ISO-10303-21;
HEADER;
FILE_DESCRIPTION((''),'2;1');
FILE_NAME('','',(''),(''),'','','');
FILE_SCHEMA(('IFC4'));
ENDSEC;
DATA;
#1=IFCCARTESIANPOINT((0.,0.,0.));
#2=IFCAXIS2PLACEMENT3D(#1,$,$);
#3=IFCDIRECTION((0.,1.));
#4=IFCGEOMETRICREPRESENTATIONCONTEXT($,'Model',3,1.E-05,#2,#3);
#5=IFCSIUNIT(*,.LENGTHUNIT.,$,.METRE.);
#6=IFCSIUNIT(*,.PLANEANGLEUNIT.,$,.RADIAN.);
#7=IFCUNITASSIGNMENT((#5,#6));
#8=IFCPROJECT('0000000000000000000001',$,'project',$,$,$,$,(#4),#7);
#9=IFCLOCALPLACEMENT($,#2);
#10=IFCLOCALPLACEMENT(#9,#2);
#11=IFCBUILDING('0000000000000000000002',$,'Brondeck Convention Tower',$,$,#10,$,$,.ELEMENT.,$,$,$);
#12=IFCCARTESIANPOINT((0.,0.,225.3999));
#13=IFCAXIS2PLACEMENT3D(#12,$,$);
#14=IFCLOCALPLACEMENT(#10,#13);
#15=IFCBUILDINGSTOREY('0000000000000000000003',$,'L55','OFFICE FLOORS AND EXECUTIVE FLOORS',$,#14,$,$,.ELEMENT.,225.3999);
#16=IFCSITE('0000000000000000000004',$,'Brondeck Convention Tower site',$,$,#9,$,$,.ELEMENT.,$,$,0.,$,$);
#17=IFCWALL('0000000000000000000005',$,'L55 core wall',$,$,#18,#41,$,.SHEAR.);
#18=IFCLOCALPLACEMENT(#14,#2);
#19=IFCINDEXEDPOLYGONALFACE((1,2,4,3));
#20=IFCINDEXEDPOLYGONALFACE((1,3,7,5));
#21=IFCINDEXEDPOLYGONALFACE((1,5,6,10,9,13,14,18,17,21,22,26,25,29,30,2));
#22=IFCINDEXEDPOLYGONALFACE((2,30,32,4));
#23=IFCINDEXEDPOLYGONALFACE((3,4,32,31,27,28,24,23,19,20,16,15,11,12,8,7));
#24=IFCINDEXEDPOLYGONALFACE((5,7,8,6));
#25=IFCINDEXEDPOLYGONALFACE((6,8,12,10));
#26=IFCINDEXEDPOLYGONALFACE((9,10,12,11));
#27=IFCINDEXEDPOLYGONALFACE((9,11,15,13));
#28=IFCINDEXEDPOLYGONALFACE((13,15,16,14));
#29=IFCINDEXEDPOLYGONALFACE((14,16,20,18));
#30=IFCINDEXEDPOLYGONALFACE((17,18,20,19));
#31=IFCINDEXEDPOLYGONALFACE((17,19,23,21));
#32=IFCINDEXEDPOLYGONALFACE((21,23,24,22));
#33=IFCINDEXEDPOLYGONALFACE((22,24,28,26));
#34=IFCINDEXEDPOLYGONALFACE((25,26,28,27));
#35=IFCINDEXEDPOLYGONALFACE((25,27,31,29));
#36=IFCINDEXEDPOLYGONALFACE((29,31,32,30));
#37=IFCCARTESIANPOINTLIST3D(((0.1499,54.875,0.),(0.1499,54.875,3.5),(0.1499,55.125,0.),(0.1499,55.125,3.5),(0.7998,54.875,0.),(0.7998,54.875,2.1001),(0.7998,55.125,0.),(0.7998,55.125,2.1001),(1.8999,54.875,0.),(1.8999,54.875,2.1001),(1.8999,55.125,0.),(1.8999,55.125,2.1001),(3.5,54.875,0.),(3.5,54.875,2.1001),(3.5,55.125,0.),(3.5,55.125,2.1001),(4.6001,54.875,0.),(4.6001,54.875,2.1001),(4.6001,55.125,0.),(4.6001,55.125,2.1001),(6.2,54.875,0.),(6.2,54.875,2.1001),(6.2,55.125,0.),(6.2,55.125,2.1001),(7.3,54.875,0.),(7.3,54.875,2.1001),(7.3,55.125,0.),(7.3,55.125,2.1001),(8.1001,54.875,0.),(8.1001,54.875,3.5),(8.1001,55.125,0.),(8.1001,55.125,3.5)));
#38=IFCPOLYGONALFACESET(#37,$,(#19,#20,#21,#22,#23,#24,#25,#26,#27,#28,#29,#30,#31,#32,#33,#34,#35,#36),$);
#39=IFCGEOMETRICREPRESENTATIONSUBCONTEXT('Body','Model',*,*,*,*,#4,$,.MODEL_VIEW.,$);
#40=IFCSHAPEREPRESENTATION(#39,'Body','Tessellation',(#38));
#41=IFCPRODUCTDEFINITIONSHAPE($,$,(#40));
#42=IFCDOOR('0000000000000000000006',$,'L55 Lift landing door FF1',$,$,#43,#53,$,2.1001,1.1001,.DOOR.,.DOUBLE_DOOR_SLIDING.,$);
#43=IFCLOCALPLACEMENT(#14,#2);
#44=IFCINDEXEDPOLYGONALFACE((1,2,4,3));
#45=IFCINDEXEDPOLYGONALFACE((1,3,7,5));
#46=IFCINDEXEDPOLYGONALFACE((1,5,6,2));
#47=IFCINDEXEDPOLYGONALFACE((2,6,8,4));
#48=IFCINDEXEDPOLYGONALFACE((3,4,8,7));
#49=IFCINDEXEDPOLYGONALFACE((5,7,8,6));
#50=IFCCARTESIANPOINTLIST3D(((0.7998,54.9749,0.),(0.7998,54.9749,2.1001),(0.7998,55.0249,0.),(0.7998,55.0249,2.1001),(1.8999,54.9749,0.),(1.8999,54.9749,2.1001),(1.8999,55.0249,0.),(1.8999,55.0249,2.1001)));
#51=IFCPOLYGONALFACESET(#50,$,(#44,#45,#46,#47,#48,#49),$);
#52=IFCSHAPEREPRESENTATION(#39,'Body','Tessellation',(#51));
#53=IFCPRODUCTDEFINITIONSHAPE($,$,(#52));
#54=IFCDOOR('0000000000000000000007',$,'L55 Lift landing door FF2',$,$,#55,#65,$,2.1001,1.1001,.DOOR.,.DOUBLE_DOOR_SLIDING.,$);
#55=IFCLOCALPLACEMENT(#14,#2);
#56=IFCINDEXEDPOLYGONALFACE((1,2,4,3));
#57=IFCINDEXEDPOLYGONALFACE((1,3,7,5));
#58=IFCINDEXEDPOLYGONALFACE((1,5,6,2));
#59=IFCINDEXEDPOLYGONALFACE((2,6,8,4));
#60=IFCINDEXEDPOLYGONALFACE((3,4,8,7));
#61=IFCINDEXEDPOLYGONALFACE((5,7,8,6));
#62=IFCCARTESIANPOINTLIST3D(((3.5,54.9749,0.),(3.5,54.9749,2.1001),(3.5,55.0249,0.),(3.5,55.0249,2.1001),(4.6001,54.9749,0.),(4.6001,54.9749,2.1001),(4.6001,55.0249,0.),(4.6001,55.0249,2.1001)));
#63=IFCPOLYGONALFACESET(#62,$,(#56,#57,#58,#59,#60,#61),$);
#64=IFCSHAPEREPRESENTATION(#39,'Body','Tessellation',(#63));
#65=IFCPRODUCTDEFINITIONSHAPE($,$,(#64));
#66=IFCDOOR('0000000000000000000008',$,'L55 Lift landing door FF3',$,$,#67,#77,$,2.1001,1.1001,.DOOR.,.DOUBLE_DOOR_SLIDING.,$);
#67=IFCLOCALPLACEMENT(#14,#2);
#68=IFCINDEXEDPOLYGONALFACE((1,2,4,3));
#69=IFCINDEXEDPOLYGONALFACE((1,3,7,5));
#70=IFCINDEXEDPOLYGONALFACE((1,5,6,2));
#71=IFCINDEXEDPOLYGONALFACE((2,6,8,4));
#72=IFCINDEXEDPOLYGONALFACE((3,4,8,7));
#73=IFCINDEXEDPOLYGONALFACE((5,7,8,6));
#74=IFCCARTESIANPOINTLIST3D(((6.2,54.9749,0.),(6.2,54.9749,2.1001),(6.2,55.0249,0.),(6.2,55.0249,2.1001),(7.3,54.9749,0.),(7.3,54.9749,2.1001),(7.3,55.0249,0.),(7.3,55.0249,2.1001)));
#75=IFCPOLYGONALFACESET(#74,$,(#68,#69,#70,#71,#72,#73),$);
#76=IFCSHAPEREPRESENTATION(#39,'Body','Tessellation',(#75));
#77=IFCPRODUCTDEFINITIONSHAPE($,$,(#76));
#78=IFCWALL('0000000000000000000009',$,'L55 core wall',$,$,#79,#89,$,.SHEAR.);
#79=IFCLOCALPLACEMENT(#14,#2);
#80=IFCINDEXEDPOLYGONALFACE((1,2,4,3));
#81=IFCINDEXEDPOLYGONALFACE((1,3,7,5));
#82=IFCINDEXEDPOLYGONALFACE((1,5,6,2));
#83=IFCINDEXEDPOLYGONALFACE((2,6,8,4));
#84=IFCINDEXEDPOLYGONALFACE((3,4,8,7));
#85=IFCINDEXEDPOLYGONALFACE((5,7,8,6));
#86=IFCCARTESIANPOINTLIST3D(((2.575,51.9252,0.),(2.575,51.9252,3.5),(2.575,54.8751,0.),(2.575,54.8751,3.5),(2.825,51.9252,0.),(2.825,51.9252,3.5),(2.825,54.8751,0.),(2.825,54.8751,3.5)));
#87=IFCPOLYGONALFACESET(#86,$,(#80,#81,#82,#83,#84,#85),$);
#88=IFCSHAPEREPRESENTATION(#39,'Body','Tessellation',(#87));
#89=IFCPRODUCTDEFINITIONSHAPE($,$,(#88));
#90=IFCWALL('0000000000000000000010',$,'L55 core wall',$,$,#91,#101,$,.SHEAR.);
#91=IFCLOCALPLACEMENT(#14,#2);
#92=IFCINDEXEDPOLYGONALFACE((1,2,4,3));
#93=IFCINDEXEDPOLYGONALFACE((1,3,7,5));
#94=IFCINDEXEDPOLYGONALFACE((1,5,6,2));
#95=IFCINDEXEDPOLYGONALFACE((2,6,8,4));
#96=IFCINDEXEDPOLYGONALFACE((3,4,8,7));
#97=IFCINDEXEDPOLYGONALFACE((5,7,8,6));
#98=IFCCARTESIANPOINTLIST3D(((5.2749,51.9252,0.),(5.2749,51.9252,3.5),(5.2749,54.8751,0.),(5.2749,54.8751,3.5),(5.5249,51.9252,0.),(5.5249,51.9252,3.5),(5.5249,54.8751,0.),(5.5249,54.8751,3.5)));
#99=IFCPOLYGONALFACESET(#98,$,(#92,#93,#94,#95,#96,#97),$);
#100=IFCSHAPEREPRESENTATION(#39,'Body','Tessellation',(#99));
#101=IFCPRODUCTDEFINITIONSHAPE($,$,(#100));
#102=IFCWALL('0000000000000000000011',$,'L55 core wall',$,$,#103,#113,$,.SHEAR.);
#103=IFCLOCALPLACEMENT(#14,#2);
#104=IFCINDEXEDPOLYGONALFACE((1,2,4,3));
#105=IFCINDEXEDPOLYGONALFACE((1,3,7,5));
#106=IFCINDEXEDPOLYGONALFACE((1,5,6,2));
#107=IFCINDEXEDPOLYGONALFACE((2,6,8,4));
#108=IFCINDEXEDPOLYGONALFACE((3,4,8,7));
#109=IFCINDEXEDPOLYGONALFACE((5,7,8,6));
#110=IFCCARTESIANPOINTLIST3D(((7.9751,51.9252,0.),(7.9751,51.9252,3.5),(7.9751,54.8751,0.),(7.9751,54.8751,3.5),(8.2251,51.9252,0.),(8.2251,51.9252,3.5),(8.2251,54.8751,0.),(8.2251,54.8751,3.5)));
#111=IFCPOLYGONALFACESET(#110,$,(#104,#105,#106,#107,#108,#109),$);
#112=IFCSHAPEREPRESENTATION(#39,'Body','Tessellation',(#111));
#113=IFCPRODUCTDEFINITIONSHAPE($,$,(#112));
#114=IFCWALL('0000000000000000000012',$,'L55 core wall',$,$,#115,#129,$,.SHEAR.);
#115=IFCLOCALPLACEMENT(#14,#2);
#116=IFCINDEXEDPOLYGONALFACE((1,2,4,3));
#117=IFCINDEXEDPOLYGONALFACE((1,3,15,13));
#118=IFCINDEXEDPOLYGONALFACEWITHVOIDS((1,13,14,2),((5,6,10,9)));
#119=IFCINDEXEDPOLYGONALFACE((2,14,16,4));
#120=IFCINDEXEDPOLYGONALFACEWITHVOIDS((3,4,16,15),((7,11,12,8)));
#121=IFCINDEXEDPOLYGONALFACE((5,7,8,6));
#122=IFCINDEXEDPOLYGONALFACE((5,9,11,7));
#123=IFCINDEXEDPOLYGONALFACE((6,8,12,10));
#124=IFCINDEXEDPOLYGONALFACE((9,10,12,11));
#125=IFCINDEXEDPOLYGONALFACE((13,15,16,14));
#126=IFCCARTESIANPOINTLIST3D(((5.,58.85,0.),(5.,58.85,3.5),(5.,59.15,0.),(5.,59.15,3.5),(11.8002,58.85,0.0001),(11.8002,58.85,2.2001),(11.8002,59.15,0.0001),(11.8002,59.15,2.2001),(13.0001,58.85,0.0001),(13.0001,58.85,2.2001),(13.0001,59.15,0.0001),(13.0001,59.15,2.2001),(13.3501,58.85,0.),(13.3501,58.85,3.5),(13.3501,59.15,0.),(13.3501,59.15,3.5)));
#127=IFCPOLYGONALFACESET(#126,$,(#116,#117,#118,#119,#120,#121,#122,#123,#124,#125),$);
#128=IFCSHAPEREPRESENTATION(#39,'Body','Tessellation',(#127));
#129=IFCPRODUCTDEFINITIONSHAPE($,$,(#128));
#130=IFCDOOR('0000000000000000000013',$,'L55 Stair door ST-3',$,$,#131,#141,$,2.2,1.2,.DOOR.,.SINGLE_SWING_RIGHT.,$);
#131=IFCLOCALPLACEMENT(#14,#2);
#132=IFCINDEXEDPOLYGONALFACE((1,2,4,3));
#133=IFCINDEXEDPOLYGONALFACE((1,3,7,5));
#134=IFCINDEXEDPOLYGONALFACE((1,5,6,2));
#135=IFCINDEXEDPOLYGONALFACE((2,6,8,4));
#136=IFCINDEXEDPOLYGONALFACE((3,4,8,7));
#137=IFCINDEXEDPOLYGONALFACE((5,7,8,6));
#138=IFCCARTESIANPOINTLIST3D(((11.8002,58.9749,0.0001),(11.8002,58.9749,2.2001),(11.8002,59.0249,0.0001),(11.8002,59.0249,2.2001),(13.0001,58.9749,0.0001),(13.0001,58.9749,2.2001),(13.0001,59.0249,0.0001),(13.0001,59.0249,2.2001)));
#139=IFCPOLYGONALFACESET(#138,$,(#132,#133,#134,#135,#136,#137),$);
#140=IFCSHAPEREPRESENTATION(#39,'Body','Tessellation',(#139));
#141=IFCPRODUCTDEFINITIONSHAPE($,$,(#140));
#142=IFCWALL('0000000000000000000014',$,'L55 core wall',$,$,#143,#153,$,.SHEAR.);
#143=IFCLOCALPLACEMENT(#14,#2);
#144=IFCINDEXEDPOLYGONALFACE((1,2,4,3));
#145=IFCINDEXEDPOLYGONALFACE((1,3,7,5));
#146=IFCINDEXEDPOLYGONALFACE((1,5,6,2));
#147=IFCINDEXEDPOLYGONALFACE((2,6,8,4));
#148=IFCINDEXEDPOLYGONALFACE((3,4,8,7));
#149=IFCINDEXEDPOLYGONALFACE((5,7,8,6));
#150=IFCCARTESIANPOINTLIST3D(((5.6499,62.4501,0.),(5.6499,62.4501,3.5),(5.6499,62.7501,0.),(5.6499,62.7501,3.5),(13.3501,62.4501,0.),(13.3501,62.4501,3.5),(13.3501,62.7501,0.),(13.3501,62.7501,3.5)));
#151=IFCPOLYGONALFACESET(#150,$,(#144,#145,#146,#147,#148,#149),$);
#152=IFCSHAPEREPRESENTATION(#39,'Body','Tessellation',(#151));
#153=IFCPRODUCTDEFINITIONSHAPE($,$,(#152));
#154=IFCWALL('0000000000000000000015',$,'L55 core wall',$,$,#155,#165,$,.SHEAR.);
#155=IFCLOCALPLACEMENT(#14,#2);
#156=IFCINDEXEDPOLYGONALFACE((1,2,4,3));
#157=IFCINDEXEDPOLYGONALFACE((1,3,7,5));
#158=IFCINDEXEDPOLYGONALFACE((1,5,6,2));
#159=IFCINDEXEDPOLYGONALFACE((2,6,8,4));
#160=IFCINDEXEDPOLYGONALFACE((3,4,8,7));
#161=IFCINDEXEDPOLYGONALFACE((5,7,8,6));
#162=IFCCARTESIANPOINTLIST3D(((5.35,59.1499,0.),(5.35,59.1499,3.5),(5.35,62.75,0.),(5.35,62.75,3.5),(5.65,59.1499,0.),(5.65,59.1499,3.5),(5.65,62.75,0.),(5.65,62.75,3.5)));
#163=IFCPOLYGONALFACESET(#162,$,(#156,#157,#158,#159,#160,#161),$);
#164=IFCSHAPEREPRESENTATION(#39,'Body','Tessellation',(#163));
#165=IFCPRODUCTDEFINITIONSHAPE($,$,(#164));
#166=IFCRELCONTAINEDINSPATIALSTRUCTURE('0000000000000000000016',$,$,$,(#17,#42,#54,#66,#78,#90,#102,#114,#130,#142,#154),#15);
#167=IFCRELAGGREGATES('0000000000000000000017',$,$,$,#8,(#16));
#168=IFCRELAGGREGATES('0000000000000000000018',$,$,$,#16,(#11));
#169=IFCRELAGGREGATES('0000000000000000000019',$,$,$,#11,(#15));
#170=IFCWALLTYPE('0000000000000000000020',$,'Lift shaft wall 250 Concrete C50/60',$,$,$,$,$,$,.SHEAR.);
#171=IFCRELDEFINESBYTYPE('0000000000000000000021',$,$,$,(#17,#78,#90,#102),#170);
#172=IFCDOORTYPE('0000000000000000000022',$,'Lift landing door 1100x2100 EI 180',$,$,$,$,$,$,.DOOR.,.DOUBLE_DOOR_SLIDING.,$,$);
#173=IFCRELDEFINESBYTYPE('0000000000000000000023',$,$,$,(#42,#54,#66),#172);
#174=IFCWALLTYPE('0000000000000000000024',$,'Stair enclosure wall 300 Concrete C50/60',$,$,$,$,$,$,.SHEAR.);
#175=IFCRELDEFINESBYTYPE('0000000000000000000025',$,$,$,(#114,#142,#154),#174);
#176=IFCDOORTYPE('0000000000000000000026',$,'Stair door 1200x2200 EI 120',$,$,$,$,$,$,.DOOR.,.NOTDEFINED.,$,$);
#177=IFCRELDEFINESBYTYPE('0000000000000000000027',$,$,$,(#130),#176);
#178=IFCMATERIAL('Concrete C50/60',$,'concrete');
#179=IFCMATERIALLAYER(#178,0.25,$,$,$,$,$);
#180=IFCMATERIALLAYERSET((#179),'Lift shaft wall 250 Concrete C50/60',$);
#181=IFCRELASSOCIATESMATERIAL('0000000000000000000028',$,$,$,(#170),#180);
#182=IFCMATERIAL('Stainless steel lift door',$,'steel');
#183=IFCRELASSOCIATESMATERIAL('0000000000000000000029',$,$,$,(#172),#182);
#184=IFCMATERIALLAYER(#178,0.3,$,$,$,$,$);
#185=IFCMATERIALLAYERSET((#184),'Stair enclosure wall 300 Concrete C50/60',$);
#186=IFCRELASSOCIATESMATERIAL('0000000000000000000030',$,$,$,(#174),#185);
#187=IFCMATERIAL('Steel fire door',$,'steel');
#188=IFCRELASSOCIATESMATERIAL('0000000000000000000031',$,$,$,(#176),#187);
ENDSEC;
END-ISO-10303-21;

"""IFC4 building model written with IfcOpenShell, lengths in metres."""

from ifc_helpers import new_model, si_unit, direction, frame, frame_2d, origin, place, context, subcontext, project, spatial, rectangle, extrude, material, layer, layer_set, type_object, element, fill, save


model = new_model("IFC4")

# Units and contexts
model_context = context("Model", 3, precision=1e-05, world=origin(), true_north=direction((0.0, 1.0)))
body_context = subcontext(model_context, "Body", "Model", "MODEL_VIEW")
ifc_project = project(units=[si_unit("LENGTHUNIT", "METRE"), si_unit("PLANEANGLEUNIT", "RADIAN")], contexts=[model_context])

# Site, building, storey
site_placement = place(None, origin())
site = spatial("IfcSite", under=ifc_project, at=site_placement, Name="Brondeck Convention Tower site", CompositionType="ELEMENT", RefElevation=0.0)
building_placement = place(site_placement, origin())
building = spatial("IfcBuilding", under=site, at=building_placement, Name="Brondeck Convention Tower", CompositionType="ELEMENT")
storey_placement = place(building_placement, frame((0.0, 0.0, 225.3999)))
storey = spatial("IfcBuildingStorey", under=building, at=storey_placement, Name="L55", Description="OFFICE FLOORS AND EXECUTIVE FLOORS", CompositionType="ELEMENT", Elevation=225.3999)

# Shared definitions
ifc_material_1 = material(Name="Concrete C50/60", Category="concrete")

# Shared definitions
ifc_material_2 = material(Name="Steel fire door", Category="steel")

# Wall, openings, doors
ifc_layer_1 = layer(ifc_material_1, 0.25)
ifc_layer_set_1 = layer_set([ifc_layer_1], Name="Lift shaft wall 250 Concrete C50/60")
wall_type_1 = type_object("IfcWallType", Name="Lift shaft wall 250 Concrete C50/60", PredefinedType="SHEAR", material=ifc_layer_set_1)
wall_1_placement = place(storey_placement, frame((0.1499, 55.0, 0.0), z_axis=(0.0, 0.0, 1.0), x_axis=(1.0, 0.0, 0.0)))
wall_1 = element("IfcWall", 1, at=wall_1_placement, inside=storey, type_object=wall_type_1, Name="L55 core wall", PredefinedType="SHEAR", context=body_context, shape_type="SweptSolid", body=[
    extrude(rectangle(XDim=7.9502, YDim=0.25, at=frame_2d((3.9751, 0.0))), origin(), (0.0, 0.0, 1.0), 3.5),
])
opening_1_placement = place(wall_1_placement, frame((0.6499, 0.0, 0.0)))
opening_1 = element("IfcOpeningElement", 2, at=opening_1_placement, cuts=wall_1, PredefinedType="OPENING", context=body_context, shape_type="SweptSolid", body=[
    extrude(rectangle(XDim=1.1001, YDim=2.1001, at=frame_2d((0.55, 1.05))), frame((0.0, 0.135, 0.0), z_axis=(0.0, -1.0, 0.0), x_axis=(1.0, 0.0, 0.0)), (0.0, 0.0, 1.0), 0.27),
])
opening_2_placement = place(wall_1_placement, frame((3.3501, 0.0, 0.0)))
opening_2 = element("IfcOpeningElement", 3, at=opening_2_placement, cuts=wall_1, PredefinedType="OPENING", context=body_context, shape_type="SweptSolid", body=[
    extrude(rectangle(XDim=1.1001, YDim=2.1001, at=frame_2d((0.55, 1.05))), frame((0.0, 0.135, 0.0), z_axis=(0.0, -1.0, 0.0), x_axis=(1.0, 0.0, 0.0)), (0.0, 0.0, 1.0), 0.27),
])
opening_3_placement = place(wall_1_placement, frame((6.05, 0.0, 0.0)))
opening_3 = element("IfcOpeningElement", 4, at=opening_3_placement, cuts=wall_1, PredefinedType="OPENING", context=body_context, shape_type="SweptSolid", body=[
    extrude(rectangle(XDim=1.1001, YDim=2.1001, at=frame_2d((0.55, 1.05))), frame((0.0, 0.135, 0.0), z_axis=(0.0, -1.0, 0.0), x_axis=(1.0, 0.0, 0.0)), (0.0, 0.0, 1.0), 0.27),
])
ifc_material_3 = material(Name="Stainless steel lift door", Category="steel")
door_type_1 = type_object("IfcDoorType", Name="Lift landing door 1100x2100 EI 180", OperationType="DOUBLE_DOOR_SLIDING", PredefinedType="DOOR", material=ifc_material_3)
door_1_placement = place(opening_1_placement, origin())
door_1 = element("IfcDoor", 5, at=door_1_placement, inside=storey, type_object=door_type_1, Name="L55 Lift landing door FF1", OperationType="DOUBLE_DOOR_SLIDING", OverallHeight=2.1001, OverallWidth=1.1001, PredefinedType="DOOR", context=body_context, shape_type="SweptSolid", body=[
    extrude(rectangle(XDim=1.1001, YDim=2.1001, at=frame_2d((0.55, 1.05))), frame((0.0, 0.0249, 0.0), z_axis=(0.0, -1.0, 0.0), x_axis=(1.0, 0.0, 0.0)), (0.0, 0.0, 1.0), 0.05),
])
fill(opening_1, door_1)
door_2_placement = place(opening_2_placement, origin())
door_2 = element("IfcDoor", 6, at=door_2_placement, inside=storey, type_object=door_type_1, Name="L55 Lift landing door FF2", OperationType="DOUBLE_DOOR_SLIDING", OverallHeight=2.1001, OverallWidth=1.1001, PredefinedType="DOOR", context=body_context, shape_type="SweptSolid", body=[
    extrude(rectangle(XDim=1.1001, YDim=2.1001, at=frame_2d((0.55, 1.05))), frame((0.0, 0.0249, 0.0), z_axis=(0.0, -1.0, 0.0), x_axis=(1.0, 0.0, 0.0)), (0.0, 0.0, 1.0), 0.05),
])
fill(opening_2, door_2)
door_3_placement = place(opening_3_placement, origin())
door_3 = element("IfcDoor", 7, at=door_3_placement, inside=storey, type_object=door_type_1, Name="L55 Lift landing door FF3", OperationType="DOUBLE_DOOR_SLIDING", OverallHeight=2.1001, OverallWidth=1.1001, PredefinedType="DOOR", context=body_context, shape_type="SweptSolid", body=[
    extrude(rectangle(XDim=1.1001, YDim=2.1001, at=frame_2d((0.55, 1.05))), frame((0.0, 0.0249, 0.0), z_axis=(0.0, -1.0, 0.0), x_axis=(1.0, 0.0, 0.0)), (0.0, 0.0, 1.0), 0.05),
])
fill(opening_3, door_3)

# Walls
for number, where, z_axis, x_axis, name in (
    (8, (2.7, 51.925, 0.0), (0.0, 0.0, 1.0), (0.0, 1.0, 0.0), "L55 core wall"),
    (9, (5.3999, 51.925, 0.0), (0.0, 0.0, 1.0), (0.0, 1.0, 0.0), "L55 core wall"),
    (10, (8.1001, 51.925, 0.0), (0.0, 0.0, 1.0), (0.0, 1.0, 0.0), "L55 core wall"),
):
    element("IfcWall", number, at=place(storey_placement, frame(where, z_axis=z_axis, x_axis=x_axis)), inside=storey, type_object=wall_type_1, Name=name, PredefinedType="SHEAR", context=body_context, shape_type="SweptSolid", body=[
        extrude(rectangle(XDim=2.95, YDim=0.25, at=frame_2d((1.4751, 0.0))), origin(), (0.0, 0.0, 1.0), 3.5),
    ])

# Wall, opening, door
ifc_layer_2 = layer(ifc_material_1, 0.3)
ifc_layer_set_2 = layer_set([ifc_layer_2], Name="Stair enclosure wall 300 Concrete C50/60")
wall_type_2 = type_object("IfcWallType", Name="Stair enclosure wall 300 Concrete C50/60", PredefinedType="SHEAR", material=ifc_layer_set_2)
wall_2_placement = place(storey_placement, frame((5.0, 59.0, 0.0), z_axis=(0.0, 0.0, 1.0), x_axis=(1.0, 0.0, 0.0)))
wall_2 = element("IfcWall", 11, at=wall_2_placement, inside=storey, type_object=wall_type_2, Name="L55 core wall", PredefinedType="SHEAR", context=body_context, shape_type="SweptSolid", body=[
    extrude(rectangle(XDim=8.3501, YDim=0.3, at=frame_2d((4.175, 0.0))), origin(), (0.0, 0.0, 1.0), 3.5),
])
opening_4_placement = place(wall_2_placement, frame((6.8, 0.0, 0.0)))
opening_4 = element("IfcOpeningElement", 12, at=opening_4_placement, cuts=wall_2, PredefinedType="OPENING", context=body_context, shape_type="SweptSolid", body=[
    extrude(rectangle(XDim=1.2, YDim=2.2, at=frame_2d((0.6001, 1.1001))), frame((0.0, 0.1599, 0.0), z_axis=(0.0, -1.0, 0.0), x_axis=(1.0, 0.0, 0.0)), (0.0, 0.0, 1.0), 0.3201),
])
door_type_2 = type_object("IfcDoorType", Name="Stair door 1200x2200 EI 120", OperationType="NOTDEFINED", PredefinedType="DOOR", material=ifc_material_2)
door_4_placement = place(opening_4_placement, origin())
door_4 = element("IfcDoor", 13, at=door_4_placement, inside=storey, type_object=door_type_2, Name="L55 Stair door ST-3", OperationType="SINGLE_SWING_RIGHT", OverallHeight=2.2, OverallWidth=1.2, PredefinedType="DOOR", context=body_context, shape_type="SweptSolid", body=[
    extrude(rectangle(XDim=1.2, YDim=2.2, at=frame_2d((0.6001, 1.1001))), frame((0.0, 0.0249, 0.0), z_axis=(0.0, -1.0, 0.0), x_axis=(1.0, 0.0, 0.0)), (0.0, 0.0, 1.0), 0.05),
])
fill(opening_4, door_4)

# Walls
wall_3_placement = place(storey_placement, frame((5.6499, 62.6001, 0.0), z_axis=(0.0, 0.0, 1.0), x_axis=(1.0, 0.0, 0.0)))
element("IfcWall", 14, at=wall_3_placement, inside=storey, type_object=wall_type_2, Name="L55 core wall", PredefinedType="SHEAR", context=body_context, shape_type="SweptSolid", body=[
    extrude(rectangle(XDim=7.7002, YDim=0.3, at=frame_2d((3.8501, 0.0))), origin(), (0.0, 0.0, 1.0), 3.5),
])
wall_4_placement = place(storey_placement, frame((5.5, 59.1499, 0.0), z_axis=(0.0, 0.0, 1.0), x_axis=(0.0, 1.0, 0.0)))
element("IfcWall", 15, at=wall_4_placement, inside=storey, type_object=wall_type_2, Name="L55 core wall", PredefinedType="SHEAR", context=body_context, shape_type="SweptSolid", body=[
    extrude(rectangle(XDim=3.6001, YDim=0.3, at=frame_2d((1.8, 0.0))), origin(), (0.0, 0.0, 1.0), 3.5),
])

save(model, "model.ifc")
